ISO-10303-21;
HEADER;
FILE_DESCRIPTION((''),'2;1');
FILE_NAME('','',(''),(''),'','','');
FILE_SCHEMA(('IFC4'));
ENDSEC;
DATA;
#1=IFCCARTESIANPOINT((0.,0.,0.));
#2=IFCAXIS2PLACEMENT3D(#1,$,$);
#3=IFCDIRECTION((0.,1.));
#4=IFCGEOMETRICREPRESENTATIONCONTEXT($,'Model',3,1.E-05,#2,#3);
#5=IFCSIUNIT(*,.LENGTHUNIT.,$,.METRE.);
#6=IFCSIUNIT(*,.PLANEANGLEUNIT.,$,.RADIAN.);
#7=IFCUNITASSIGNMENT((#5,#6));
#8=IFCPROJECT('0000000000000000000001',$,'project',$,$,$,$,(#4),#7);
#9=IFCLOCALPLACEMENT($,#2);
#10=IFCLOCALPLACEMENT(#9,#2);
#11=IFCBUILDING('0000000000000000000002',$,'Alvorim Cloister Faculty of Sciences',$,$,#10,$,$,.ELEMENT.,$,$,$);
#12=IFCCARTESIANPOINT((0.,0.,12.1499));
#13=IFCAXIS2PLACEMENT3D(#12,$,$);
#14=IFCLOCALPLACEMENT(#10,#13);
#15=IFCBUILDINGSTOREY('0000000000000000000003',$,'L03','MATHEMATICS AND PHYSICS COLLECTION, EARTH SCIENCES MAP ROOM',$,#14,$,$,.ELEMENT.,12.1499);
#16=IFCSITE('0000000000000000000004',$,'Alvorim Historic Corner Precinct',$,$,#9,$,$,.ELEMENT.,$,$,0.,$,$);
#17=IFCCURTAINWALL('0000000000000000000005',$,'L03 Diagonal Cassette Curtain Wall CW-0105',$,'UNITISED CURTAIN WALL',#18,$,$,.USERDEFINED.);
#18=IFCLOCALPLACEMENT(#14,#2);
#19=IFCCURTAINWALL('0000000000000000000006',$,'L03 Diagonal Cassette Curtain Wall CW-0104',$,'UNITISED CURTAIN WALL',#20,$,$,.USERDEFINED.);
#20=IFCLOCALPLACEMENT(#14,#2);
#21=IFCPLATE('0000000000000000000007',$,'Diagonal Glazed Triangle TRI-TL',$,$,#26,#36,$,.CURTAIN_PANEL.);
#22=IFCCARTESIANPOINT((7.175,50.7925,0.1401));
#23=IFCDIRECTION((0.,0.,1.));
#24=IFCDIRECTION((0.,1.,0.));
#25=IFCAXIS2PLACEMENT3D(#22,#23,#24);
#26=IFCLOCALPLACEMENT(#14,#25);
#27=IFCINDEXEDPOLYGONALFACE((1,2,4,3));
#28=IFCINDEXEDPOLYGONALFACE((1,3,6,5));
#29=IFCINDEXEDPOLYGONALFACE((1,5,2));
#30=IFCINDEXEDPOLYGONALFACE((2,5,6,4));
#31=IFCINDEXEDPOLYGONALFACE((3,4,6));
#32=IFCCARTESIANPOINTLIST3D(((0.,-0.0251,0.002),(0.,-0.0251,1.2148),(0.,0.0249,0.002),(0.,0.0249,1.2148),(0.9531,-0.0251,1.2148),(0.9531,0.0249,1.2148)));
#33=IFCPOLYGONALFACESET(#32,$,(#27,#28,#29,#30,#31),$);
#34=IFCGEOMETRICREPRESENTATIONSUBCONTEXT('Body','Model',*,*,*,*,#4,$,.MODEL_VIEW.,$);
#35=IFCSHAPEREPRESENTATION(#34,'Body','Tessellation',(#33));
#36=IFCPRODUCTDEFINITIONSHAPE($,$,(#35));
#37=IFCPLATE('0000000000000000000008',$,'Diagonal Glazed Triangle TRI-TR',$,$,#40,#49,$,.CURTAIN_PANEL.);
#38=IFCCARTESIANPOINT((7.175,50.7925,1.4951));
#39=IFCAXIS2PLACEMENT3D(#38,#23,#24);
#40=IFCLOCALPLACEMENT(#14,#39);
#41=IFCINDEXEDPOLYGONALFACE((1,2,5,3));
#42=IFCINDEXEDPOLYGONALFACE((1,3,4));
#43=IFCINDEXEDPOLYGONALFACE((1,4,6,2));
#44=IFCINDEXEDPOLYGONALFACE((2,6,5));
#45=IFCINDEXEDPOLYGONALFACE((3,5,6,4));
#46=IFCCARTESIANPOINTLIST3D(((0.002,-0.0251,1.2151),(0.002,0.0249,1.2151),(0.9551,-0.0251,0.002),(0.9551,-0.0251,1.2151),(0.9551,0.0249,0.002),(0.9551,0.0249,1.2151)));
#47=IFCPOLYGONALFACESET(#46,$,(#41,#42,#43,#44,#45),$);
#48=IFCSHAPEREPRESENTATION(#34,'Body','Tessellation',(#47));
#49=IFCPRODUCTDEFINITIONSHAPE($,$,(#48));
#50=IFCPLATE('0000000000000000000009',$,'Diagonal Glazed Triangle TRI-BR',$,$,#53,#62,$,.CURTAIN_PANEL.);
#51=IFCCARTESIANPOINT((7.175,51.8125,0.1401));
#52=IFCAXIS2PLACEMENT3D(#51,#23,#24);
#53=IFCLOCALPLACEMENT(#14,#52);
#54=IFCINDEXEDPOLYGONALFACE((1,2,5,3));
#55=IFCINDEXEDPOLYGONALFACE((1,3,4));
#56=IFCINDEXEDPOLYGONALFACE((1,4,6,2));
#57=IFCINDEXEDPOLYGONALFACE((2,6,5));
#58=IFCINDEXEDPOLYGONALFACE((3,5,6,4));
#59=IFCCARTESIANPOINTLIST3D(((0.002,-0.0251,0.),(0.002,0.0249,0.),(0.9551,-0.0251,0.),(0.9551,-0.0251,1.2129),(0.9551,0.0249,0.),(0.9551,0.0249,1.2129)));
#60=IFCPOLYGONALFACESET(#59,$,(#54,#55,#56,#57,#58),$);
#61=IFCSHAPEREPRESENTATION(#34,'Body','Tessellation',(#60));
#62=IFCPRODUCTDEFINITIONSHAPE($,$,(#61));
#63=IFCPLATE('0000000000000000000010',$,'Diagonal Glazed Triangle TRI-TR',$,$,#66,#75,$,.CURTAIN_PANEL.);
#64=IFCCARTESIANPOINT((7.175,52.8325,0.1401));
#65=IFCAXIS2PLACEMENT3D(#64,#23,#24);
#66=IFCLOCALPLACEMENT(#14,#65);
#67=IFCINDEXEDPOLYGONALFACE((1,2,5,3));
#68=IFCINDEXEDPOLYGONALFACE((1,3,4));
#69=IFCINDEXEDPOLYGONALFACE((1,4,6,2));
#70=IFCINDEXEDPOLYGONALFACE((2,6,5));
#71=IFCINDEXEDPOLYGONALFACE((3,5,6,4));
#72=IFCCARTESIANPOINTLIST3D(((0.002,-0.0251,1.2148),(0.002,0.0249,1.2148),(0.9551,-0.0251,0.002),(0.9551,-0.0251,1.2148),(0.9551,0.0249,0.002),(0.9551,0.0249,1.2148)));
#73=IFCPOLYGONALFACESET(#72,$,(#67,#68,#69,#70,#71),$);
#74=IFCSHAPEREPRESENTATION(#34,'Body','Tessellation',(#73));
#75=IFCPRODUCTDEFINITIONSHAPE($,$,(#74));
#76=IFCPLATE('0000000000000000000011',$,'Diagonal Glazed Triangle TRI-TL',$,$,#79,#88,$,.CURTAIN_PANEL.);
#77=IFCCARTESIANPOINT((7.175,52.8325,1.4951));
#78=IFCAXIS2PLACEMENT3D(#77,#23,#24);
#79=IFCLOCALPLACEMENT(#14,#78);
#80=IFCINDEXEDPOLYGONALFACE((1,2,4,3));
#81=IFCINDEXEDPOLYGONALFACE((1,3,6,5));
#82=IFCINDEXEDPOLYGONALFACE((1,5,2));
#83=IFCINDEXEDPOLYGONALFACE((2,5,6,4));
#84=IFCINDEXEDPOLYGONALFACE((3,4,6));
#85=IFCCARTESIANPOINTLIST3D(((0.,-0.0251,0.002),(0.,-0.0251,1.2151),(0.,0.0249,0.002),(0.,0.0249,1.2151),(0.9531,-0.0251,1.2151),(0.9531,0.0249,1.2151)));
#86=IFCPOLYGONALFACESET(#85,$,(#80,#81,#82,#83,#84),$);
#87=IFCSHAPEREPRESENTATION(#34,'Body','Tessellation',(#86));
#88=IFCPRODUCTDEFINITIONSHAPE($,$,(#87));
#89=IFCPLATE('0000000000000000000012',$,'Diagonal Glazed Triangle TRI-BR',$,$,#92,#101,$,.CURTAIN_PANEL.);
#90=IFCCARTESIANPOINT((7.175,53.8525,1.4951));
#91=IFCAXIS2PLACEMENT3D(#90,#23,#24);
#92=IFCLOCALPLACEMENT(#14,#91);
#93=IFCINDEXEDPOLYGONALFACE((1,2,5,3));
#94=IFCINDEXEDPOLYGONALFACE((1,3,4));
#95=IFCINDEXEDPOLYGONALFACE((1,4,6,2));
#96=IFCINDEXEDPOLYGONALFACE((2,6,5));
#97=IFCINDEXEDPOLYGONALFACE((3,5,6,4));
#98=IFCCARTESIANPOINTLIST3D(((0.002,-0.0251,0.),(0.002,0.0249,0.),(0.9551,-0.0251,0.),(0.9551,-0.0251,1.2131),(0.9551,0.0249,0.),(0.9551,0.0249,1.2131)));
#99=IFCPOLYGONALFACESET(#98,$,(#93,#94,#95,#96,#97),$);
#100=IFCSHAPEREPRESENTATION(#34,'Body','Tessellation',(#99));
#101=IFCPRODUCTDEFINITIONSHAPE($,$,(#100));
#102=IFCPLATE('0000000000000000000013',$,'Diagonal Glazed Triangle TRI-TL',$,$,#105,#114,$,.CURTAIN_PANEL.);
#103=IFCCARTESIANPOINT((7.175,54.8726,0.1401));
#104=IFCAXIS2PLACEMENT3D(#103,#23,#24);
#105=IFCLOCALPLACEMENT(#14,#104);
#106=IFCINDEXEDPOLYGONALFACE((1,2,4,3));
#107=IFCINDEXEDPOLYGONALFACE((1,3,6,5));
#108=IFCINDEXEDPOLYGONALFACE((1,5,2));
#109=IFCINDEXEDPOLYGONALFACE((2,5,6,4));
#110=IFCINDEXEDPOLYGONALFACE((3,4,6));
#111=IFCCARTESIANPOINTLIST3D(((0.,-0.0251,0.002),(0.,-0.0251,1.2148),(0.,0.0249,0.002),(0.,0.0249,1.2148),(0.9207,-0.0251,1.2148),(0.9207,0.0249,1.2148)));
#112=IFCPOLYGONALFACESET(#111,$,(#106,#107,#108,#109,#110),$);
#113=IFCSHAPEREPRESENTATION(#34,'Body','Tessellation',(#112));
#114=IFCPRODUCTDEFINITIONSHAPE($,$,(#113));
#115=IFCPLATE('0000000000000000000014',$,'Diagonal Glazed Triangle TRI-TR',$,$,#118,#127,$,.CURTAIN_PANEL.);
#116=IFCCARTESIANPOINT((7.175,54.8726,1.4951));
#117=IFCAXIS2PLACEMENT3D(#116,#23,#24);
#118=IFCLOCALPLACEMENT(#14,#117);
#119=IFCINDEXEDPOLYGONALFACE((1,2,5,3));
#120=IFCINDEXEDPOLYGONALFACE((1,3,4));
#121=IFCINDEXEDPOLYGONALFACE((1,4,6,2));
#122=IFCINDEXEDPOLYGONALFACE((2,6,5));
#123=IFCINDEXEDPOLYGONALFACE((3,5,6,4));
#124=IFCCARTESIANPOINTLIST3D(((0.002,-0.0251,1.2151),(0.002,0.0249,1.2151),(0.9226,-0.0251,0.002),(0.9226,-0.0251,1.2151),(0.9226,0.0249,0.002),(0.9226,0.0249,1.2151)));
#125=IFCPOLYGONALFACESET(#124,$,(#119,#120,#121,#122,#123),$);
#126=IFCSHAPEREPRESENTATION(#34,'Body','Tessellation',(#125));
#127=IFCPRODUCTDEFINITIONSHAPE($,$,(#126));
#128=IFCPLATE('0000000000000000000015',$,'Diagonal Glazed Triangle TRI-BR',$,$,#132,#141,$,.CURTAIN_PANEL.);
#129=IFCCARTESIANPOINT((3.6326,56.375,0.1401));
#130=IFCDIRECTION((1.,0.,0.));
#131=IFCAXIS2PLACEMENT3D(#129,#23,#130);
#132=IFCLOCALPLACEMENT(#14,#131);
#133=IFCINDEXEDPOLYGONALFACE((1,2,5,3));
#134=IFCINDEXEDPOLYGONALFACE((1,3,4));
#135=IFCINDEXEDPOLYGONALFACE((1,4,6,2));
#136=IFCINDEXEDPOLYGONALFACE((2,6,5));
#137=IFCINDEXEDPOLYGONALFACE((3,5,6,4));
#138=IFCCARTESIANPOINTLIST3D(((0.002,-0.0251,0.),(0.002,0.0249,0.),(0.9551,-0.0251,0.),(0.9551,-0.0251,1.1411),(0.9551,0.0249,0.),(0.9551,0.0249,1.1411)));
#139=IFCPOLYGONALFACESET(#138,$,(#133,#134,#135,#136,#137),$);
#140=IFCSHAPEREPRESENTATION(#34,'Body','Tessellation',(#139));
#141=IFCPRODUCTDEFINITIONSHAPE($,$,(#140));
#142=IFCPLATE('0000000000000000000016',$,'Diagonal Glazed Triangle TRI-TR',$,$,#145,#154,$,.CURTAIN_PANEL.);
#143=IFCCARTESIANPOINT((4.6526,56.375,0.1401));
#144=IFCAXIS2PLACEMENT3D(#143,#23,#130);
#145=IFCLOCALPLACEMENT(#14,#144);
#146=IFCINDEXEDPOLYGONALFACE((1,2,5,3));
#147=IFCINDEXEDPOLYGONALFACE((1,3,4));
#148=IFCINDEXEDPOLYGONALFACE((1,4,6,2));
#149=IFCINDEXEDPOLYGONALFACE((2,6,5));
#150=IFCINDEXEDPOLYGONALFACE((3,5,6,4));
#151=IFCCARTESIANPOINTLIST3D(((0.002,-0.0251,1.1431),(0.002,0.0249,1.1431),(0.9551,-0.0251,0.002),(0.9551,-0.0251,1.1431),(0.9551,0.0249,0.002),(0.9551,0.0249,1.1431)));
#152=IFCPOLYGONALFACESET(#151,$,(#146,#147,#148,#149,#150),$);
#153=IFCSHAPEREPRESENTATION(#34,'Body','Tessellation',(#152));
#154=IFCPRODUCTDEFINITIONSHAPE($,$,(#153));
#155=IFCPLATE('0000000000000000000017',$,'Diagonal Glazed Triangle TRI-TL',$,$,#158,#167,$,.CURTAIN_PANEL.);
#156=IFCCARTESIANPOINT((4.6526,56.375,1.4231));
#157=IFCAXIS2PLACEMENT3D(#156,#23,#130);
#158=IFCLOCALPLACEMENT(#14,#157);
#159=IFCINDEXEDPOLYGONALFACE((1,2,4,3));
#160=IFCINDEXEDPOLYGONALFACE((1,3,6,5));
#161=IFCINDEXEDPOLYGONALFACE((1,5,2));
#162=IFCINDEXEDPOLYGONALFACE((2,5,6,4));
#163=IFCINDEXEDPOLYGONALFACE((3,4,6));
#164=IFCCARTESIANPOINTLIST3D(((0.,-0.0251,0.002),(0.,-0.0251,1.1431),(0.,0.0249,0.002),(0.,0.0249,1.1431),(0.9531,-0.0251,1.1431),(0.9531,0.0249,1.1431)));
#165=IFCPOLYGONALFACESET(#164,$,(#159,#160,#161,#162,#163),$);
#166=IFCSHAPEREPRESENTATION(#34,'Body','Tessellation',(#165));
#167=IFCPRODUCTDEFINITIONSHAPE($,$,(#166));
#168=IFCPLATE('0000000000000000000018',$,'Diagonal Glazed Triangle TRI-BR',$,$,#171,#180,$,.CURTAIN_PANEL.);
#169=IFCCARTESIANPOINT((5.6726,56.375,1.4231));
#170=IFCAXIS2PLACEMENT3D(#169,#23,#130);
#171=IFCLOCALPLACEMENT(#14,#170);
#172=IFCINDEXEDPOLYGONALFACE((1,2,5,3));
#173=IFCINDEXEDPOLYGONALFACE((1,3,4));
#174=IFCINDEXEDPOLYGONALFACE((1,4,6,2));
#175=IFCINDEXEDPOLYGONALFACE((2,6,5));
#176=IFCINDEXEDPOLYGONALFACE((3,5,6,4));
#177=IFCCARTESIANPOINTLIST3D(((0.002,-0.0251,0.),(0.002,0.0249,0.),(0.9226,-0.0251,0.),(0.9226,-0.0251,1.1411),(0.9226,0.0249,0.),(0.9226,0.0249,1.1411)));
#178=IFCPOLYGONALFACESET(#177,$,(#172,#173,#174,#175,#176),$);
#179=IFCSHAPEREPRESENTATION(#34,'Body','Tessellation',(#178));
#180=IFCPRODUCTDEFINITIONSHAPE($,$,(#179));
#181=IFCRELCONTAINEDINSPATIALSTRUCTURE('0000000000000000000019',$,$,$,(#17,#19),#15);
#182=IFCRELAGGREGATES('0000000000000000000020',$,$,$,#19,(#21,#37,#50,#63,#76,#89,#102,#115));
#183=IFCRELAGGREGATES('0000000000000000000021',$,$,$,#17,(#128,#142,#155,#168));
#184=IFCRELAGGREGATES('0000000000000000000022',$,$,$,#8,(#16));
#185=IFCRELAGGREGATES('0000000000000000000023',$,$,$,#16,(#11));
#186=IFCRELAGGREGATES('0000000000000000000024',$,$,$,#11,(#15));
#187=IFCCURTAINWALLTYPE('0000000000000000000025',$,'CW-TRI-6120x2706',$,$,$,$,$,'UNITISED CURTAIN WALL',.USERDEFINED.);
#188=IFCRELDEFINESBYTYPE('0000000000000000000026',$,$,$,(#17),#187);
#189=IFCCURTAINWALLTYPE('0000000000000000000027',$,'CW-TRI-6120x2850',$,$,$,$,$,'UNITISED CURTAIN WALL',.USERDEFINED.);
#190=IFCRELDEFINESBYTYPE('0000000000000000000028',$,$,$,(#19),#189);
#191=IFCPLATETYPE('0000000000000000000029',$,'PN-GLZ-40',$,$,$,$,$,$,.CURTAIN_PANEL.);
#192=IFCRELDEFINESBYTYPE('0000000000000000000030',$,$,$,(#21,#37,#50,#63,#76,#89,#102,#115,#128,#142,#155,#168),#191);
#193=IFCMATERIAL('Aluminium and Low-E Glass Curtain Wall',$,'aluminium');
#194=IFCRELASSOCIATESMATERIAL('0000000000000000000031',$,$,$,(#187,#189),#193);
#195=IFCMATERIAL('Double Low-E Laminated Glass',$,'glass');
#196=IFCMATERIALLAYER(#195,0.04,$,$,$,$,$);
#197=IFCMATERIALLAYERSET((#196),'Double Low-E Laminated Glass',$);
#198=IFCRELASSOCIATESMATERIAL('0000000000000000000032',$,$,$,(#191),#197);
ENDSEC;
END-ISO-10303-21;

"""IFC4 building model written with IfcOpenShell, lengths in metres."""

from ifc_helpers import new_model, si_unit, direction, frame, origin, place, context, subcontext, project, spatial, polyline, outline, extrude, material, layer, layer_set, type_object, element, aggregate, save


model = new_model("IFC4")

# Units and contexts
model_context = context("Model", 3, precision=1e-05, world=origin(), true_north=direction((0.0, 1.0)))
body_context = subcontext(model_context, "Body", "Model", "MODEL_VIEW")
ifc_project = project(units=[si_unit("LENGTHUNIT", "METRE"), si_unit("PLANEANGLEUNIT", "RADIAN")], contexts=[model_context])

# Site, building, storey
site_placement = place(None, origin())
site = spatial("IfcSite", under=ifc_project, at=site_placement, Name="Alvorim Historic Corner Precinct", CompositionType="ELEMENT", RefElevation=0.0)
building_placement = place(site_placement, origin())
building = spatial("IfcBuilding", under=site, at=building_placement, Name="Alvorim Cloister Faculty of Sciences", CompositionType="ELEMENT")
storey_placement = place(building_placement, frame((0.0, 0.0, 12.1499)))
storey = spatial("IfcBuildingStorey", under=building, at=storey_placement, Name="L03", Description="MATHEMATICS AND PHYSICS COLLECTION, EARTH SCIENCES MAP ROOM", CompositionType="ELEMENT", Elevation=12.1499)

# Curtain wall
ifc_material_1 = material(Name="Aluminium and Low-E Glass Curtain Wall", Category="aluminium")
curtain_wall_type_1 = type_object("IfcCurtainWallType", Name="CW-TRI-6120x2706", ElementType="UNITISED CURTAIN WALL", PredefinedType="USERDEFINED", material=ifc_material_1)
curtain_wall_1_placement = place(storey_placement, origin())
curtain_wall_1 = element("IfcCurtainWall", 1, at=curtain_wall_1_placement, inside=storey, type_object=curtain_wall_type_1, Name="L03 Diagonal Cassette Curtain Wall CW-0105", ObjectType="UNITISED CURTAIN WALL", PredefinedType="USERDEFINED")

# Curtain wall, plates
curtain_wall_type_2 = type_object("IfcCurtainWallType", Name="CW-TRI-6120x2850", ElementType="UNITISED CURTAIN WALL", PredefinedType="USERDEFINED", material=ifc_material_1)
curtain_wall_2_placement = place(storey_placement, origin())
curtain_wall_2 = element("IfcCurtainWall", 2, at=curtain_wall_2_placement, inside=storey, type_object=curtain_wall_type_2, Name="L03 Diagonal Cassette Curtain Wall CW-0104", ObjectType="UNITISED CURTAIN WALL", PredefinedType="USERDEFINED")
ifc_material_2 = material(Name="Double Low-E Laminated Glass", Category="glass")
ifc_layer_1 = layer(ifc_material_2, 0.04)
ifc_layer_set_1 = layer_set([ifc_layer_1], Name="Double Low-E Laminated Glass")
plate_type_1 = type_object("IfcPlateType", Name="PN-GLZ-40", PredefinedType="CURTAIN_PANEL", material=ifc_layer_set_1)
plate_1_placement = place(storey_placement, frame((7.175, 50.7925, 0.1401), z_axis=(0.0, 0.0, 1.0), x_axis=(0.0, 1.0, 0.0)))
plate_1 = element("IfcPlate", 3, at=plate_1_placement, type_object=plate_type_1, Name="Diagonal Glazed Triangle TRI-TL", PredefinedType="CURTAIN_PANEL", context=body_context, shape_type="SweptSolid", body=[
    extrude(outline(polyline([(0.9531, 1.2148), (0.0, 1.2148), (0.0, 0.002), (0.9531, 1.2148)])), frame((0.0, 0.0249, 0.0), z_axis=(0.0, -1.0, 0.0), x_axis=(1.0, 0.0, 0.0)), (0.0, 0.0, 1.0), 0.05),
])
plate_2_placement = place(storey_placement, frame((7.175, 50.7925, 1.4951), z_axis=(0.0, 0.0, 1.0), x_axis=(0.0, 1.0, 0.0)))
plate_2 = element("IfcPlate", 4, at=plate_2_placement, type_object=plate_type_1, Name="Diagonal Glazed Triangle TRI-TR", PredefinedType="CURTAIN_PANEL", context=body_context, shape_type="SweptSolid", body=[
    extrude(outline(polyline([(0.9551, 0.002), (0.9551, 1.2151), (0.002, 1.2151), (0.9551, 0.002)])), frame((0.0, 0.0249, 0.0), z_axis=(0.0, -1.0, 0.0), x_axis=(1.0, 0.0, 0.0)), (0.0, 0.0, 1.0), 0.05),
])
plate_3_placement = place(storey_placement, frame((7.175, 51.8125, 0.1401), z_axis=(0.0, 0.0, 1.0), x_axis=(0.0, 1.0, 0.0)))
plate_3 = element("IfcPlate", 5, at=plate_3_placement, type_object=plate_type_1, Name="Diagonal Glazed Triangle TRI-BR", PredefinedType="CURTAIN_PANEL", context=body_context, shape_type="SweptSolid", body=[
    extrude(outline(polyline([(0.002, 0.0), (0.9551, 0.0), (0.9551, 1.2129), (0.002, 0.0)])), frame((0.0, 0.0249, 0.0), z_axis=(0.0, -1.0, 0.0), x_axis=(1.0, 0.0, 0.0)), (0.0, 0.0, 1.0), 0.05),
])
plate_4_placement = place(storey_placement, frame((7.175, 52.8325, 0.1401), z_axis=(0.0, 0.0, 1.0), x_axis=(0.0, 1.0, 0.0)))
plate_4 = element("IfcPlate", 6, at=plate_4_placement, type_object=plate_type_1, Name="Diagonal Glazed Triangle TRI-TR", PredefinedType="CURTAIN_PANEL", context=body_context, shape_type="SweptSolid", body=[
    extrude(outline(polyline([(0.9551, 0.002), (0.9551, 1.2148), (0.002, 1.2148), (0.9551, 0.002)])), frame((0.0, 0.0249, 0.0), z_axis=(0.0, -1.0, 0.0), x_axis=(1.0, 0.0, 0.0)), (0.0, 0.0, 1.0), 0.05),
])
plate_5_placement = place(storey_placement, frame((7.175, 52.8325, 1.4951), z_axis=(0.0, 0.0, 1.0), x_axis=(0.0, 1.0, 0.0)))
plate_5 = element("IfcPlate", 7, at=plate_5_placement, type_object=plate_type_1, Name="Diagonal Glazed Triangle TRI-TL", PredefinedType="CURTAIN_PANEL", context=body_context, shape_type="SweptSolid", body=[
    extrude(outline(polyline([(0.9531, 1.2151), (0.0, 1.2151), (0.0, 0.002), (0.9531, 1.2151)])), frame((0.0, 0.0249, 0.0), z_axis=(0.0, -1.0, 0.0), x_axis=(1.0, 0.0, 0.0)), (0.0, 0.0, 1.0), 0.05),
])
plate_6_placement = place(storey_placement, frame((7.175, 53.8525, 1.4951), z_axis=(0.0, 0.0, 1.0), x_axis=(0.0, 1.0, 0.0)))
plate_6 = element("IfcPlate", 8, at=plate_6_placement, type_object=plate_type_1, Name="Diagonal Glazed Triangle TRI-BR", PredefinedType="CURTAIN_PANEL", context=body_context, shape_type="SweptSolid", body=[
    extrude(outline(polyline([(0.002, 0.0), (0.9551, 0.0), (0.9551, 1.2131), (0.002, 0.0)])), frame((0.0, 0.0249, 0.0), z_axis=(0.0, -1.0, 0.0), x_axis=(1.0, 0.0, 0.0)), (0.0, 0.0, 1.0), 0.05),
])
plate_7_placement = place(storey_placement, frame((7.175, 54.8726, 0.1401), z_axis=(0.0, 0.0, 1.0), x_axis=(0.0, 1.0, 0.0)))
plate_7 = element("IfcPlate", 9, at=plate_7_placement, type_object=plate_type_1, Name="Diagonal Glazed Triangle TRI-TL", PredefinedType="CURTAIN_PANEL", context=body_context, shape_type="SweptSolid", body=[
    extrude(outline(polyline([(0.9207, 1.2148), (0.0, 1.2148), (0.0, 0.002), (0.9207, 1.2148)])), frame((0.0, 0.0249, 0.0), z_axis=(0.0, -1.0, 0.0), x_axis=(1.0, 0.0, 0.0)), (0.0, 0.0, 1.0), 0.05),
])
plate_8_placement = place(storey_placement, frame((7.175, 54.8726, 1.4951), z_axis=(0.0, 0.0, 1.0), x_axis=(0.0, 1.0, 0.0)))
plate_8 = element("IfcPlate", 10, at=plate_8_placement, type_object=plate_type_1, Name="Diagonal Glazed Triangle TRI-TR", PredefinedType="CURTAIN_PANEL", context=body_context, shape_type="SweptSolid", body=[
    extrude(outline(polyline([(0.9226, 0.002), (0.9226, 1.2151), (0.002, 1.2151), (0.9226, 0.002)])), frame((0.0, 0.0249, 0.0), z_axis=(0.0, -1.0, 0.0), x_axis=(1.0, 0.0, 0.0)), (0.0, 0.0, 1.0), 0.05),
])
aggregate(curtain_wall_2, [plate_1, plate_2, plate_3, plate_4, plate_5, plate_6, plate_7, plate_8])

# Plates
plate_9_placement = place(storey_placement, frame((3.6326, 56.375, 0.1401), z_axis=(0.0, 0.0, 1.0), x_axis=(1.0, 0.0, 0.0)))
plate_9 = element("IfcPlate", 11, at=plate_9_placement, type_object=plate_type_1, Name="Diagonal Glazed Triangle TRI-BR", PredefinedType="CURTAIN_PANEL", context=body_context, shape_type="SweptSolid", body=[
    extrude(outline(polyline([(0.002, 0.0), (0.9551, 0.0), (0.9551, 1.1411), (0.002, 0.0)])), frame((0.0, 0.0249, 0.0), z_axis=(0.0, -1.0, 0.0), x_axis=(1.0, 0.0, 0.0)), (0.0, 0.0, 1.0), 0.05),
])
plate_10_placement = place(storey_placement, frame((4.6526, 56.375, 0.1401), z_axis=(0.0, 0.0, 1.0), x_axis=(1.0, 0.0, 0.0)))
plate_10 = element("IfcPlate", 12, at=plate_10_placement, type_object=plate_type_1, Name="Diagonal Glazed Triangle TRI-TR", PredefinedType="CURTAIN_PANEL", context=body_context, shape_type="SweptSolid", body=[
    extrude(outline(polyline([(0.9551, 0.002), (0.9551, 1.1431), (0.002, 1.1431), (0.9551, 0.002)])), frame((0.0, 0.0249, 0.0), z_axis=(0.0, -1.0, 0.0), x_axis=(1.0, 0.0, 0.0)), (0.0, 0.0, 1.0), 0.05),
])
plate_11_placement = place(storey_placement, frame((4.6526, 56.375, 1.4231), z_axis=(0.0, 0.0, 1.0), x_axis=(1.0, 0.0, 0.0)))
plate_11 = element("IfcPlate", 13, at=plate_11_placement, type_object=plate_type_1, Name="Diagonal Glazed Triangle TRI-TL", PredefinedType="CURTAIN_PANEL", context=body_context, shape_type="SweptSolid", body=[
    extrude(outline(polyline([(0.9531, 1.1431), (0.0, 1.1431), (0.0, 0.002), (0.9531, 1.1431)])), frame((0.0, 0.0249, 0.0), z_axis=(0.0, -1.0, 0.0), x_axis=(1.0, 0.0, 0.0)), (0.0, 0.0, 1.0), 0.05),
])
plate_12_placement = place(storey_placement, frame((5.6726, 56.375, 1.4231), z_axis=(0.0, 0.0, 1.0), x_axis=(1.0, 0.0, 0.0)))
plate_12 = element("IfcPlate", 14, at=plate_12_placement, type_object=plate_type_1, Name="Diagonal Glazed Triangle TRI-BR", PredefinedType="CURTAIN_PANEL", context=body_context, shape_type="SweptSolid", body=[
    extrude(outline(polyline([(0.002, 0.0), (0.9226, 0.0), (0.9226, 1.1411), (0.002, 0.0)])), frame((0.0, 0.0249, 0.0), z_axis=(0.0, -1.0, 0.0), x_axis=(1.0, 0.0, 0.0)), (0.0, 0.0, 1.0), 0.05),
])
aggregate(curtain_wall_1, [plate_9, plate_10, plate_11, plate_12])

save(model, "model.ifc")
